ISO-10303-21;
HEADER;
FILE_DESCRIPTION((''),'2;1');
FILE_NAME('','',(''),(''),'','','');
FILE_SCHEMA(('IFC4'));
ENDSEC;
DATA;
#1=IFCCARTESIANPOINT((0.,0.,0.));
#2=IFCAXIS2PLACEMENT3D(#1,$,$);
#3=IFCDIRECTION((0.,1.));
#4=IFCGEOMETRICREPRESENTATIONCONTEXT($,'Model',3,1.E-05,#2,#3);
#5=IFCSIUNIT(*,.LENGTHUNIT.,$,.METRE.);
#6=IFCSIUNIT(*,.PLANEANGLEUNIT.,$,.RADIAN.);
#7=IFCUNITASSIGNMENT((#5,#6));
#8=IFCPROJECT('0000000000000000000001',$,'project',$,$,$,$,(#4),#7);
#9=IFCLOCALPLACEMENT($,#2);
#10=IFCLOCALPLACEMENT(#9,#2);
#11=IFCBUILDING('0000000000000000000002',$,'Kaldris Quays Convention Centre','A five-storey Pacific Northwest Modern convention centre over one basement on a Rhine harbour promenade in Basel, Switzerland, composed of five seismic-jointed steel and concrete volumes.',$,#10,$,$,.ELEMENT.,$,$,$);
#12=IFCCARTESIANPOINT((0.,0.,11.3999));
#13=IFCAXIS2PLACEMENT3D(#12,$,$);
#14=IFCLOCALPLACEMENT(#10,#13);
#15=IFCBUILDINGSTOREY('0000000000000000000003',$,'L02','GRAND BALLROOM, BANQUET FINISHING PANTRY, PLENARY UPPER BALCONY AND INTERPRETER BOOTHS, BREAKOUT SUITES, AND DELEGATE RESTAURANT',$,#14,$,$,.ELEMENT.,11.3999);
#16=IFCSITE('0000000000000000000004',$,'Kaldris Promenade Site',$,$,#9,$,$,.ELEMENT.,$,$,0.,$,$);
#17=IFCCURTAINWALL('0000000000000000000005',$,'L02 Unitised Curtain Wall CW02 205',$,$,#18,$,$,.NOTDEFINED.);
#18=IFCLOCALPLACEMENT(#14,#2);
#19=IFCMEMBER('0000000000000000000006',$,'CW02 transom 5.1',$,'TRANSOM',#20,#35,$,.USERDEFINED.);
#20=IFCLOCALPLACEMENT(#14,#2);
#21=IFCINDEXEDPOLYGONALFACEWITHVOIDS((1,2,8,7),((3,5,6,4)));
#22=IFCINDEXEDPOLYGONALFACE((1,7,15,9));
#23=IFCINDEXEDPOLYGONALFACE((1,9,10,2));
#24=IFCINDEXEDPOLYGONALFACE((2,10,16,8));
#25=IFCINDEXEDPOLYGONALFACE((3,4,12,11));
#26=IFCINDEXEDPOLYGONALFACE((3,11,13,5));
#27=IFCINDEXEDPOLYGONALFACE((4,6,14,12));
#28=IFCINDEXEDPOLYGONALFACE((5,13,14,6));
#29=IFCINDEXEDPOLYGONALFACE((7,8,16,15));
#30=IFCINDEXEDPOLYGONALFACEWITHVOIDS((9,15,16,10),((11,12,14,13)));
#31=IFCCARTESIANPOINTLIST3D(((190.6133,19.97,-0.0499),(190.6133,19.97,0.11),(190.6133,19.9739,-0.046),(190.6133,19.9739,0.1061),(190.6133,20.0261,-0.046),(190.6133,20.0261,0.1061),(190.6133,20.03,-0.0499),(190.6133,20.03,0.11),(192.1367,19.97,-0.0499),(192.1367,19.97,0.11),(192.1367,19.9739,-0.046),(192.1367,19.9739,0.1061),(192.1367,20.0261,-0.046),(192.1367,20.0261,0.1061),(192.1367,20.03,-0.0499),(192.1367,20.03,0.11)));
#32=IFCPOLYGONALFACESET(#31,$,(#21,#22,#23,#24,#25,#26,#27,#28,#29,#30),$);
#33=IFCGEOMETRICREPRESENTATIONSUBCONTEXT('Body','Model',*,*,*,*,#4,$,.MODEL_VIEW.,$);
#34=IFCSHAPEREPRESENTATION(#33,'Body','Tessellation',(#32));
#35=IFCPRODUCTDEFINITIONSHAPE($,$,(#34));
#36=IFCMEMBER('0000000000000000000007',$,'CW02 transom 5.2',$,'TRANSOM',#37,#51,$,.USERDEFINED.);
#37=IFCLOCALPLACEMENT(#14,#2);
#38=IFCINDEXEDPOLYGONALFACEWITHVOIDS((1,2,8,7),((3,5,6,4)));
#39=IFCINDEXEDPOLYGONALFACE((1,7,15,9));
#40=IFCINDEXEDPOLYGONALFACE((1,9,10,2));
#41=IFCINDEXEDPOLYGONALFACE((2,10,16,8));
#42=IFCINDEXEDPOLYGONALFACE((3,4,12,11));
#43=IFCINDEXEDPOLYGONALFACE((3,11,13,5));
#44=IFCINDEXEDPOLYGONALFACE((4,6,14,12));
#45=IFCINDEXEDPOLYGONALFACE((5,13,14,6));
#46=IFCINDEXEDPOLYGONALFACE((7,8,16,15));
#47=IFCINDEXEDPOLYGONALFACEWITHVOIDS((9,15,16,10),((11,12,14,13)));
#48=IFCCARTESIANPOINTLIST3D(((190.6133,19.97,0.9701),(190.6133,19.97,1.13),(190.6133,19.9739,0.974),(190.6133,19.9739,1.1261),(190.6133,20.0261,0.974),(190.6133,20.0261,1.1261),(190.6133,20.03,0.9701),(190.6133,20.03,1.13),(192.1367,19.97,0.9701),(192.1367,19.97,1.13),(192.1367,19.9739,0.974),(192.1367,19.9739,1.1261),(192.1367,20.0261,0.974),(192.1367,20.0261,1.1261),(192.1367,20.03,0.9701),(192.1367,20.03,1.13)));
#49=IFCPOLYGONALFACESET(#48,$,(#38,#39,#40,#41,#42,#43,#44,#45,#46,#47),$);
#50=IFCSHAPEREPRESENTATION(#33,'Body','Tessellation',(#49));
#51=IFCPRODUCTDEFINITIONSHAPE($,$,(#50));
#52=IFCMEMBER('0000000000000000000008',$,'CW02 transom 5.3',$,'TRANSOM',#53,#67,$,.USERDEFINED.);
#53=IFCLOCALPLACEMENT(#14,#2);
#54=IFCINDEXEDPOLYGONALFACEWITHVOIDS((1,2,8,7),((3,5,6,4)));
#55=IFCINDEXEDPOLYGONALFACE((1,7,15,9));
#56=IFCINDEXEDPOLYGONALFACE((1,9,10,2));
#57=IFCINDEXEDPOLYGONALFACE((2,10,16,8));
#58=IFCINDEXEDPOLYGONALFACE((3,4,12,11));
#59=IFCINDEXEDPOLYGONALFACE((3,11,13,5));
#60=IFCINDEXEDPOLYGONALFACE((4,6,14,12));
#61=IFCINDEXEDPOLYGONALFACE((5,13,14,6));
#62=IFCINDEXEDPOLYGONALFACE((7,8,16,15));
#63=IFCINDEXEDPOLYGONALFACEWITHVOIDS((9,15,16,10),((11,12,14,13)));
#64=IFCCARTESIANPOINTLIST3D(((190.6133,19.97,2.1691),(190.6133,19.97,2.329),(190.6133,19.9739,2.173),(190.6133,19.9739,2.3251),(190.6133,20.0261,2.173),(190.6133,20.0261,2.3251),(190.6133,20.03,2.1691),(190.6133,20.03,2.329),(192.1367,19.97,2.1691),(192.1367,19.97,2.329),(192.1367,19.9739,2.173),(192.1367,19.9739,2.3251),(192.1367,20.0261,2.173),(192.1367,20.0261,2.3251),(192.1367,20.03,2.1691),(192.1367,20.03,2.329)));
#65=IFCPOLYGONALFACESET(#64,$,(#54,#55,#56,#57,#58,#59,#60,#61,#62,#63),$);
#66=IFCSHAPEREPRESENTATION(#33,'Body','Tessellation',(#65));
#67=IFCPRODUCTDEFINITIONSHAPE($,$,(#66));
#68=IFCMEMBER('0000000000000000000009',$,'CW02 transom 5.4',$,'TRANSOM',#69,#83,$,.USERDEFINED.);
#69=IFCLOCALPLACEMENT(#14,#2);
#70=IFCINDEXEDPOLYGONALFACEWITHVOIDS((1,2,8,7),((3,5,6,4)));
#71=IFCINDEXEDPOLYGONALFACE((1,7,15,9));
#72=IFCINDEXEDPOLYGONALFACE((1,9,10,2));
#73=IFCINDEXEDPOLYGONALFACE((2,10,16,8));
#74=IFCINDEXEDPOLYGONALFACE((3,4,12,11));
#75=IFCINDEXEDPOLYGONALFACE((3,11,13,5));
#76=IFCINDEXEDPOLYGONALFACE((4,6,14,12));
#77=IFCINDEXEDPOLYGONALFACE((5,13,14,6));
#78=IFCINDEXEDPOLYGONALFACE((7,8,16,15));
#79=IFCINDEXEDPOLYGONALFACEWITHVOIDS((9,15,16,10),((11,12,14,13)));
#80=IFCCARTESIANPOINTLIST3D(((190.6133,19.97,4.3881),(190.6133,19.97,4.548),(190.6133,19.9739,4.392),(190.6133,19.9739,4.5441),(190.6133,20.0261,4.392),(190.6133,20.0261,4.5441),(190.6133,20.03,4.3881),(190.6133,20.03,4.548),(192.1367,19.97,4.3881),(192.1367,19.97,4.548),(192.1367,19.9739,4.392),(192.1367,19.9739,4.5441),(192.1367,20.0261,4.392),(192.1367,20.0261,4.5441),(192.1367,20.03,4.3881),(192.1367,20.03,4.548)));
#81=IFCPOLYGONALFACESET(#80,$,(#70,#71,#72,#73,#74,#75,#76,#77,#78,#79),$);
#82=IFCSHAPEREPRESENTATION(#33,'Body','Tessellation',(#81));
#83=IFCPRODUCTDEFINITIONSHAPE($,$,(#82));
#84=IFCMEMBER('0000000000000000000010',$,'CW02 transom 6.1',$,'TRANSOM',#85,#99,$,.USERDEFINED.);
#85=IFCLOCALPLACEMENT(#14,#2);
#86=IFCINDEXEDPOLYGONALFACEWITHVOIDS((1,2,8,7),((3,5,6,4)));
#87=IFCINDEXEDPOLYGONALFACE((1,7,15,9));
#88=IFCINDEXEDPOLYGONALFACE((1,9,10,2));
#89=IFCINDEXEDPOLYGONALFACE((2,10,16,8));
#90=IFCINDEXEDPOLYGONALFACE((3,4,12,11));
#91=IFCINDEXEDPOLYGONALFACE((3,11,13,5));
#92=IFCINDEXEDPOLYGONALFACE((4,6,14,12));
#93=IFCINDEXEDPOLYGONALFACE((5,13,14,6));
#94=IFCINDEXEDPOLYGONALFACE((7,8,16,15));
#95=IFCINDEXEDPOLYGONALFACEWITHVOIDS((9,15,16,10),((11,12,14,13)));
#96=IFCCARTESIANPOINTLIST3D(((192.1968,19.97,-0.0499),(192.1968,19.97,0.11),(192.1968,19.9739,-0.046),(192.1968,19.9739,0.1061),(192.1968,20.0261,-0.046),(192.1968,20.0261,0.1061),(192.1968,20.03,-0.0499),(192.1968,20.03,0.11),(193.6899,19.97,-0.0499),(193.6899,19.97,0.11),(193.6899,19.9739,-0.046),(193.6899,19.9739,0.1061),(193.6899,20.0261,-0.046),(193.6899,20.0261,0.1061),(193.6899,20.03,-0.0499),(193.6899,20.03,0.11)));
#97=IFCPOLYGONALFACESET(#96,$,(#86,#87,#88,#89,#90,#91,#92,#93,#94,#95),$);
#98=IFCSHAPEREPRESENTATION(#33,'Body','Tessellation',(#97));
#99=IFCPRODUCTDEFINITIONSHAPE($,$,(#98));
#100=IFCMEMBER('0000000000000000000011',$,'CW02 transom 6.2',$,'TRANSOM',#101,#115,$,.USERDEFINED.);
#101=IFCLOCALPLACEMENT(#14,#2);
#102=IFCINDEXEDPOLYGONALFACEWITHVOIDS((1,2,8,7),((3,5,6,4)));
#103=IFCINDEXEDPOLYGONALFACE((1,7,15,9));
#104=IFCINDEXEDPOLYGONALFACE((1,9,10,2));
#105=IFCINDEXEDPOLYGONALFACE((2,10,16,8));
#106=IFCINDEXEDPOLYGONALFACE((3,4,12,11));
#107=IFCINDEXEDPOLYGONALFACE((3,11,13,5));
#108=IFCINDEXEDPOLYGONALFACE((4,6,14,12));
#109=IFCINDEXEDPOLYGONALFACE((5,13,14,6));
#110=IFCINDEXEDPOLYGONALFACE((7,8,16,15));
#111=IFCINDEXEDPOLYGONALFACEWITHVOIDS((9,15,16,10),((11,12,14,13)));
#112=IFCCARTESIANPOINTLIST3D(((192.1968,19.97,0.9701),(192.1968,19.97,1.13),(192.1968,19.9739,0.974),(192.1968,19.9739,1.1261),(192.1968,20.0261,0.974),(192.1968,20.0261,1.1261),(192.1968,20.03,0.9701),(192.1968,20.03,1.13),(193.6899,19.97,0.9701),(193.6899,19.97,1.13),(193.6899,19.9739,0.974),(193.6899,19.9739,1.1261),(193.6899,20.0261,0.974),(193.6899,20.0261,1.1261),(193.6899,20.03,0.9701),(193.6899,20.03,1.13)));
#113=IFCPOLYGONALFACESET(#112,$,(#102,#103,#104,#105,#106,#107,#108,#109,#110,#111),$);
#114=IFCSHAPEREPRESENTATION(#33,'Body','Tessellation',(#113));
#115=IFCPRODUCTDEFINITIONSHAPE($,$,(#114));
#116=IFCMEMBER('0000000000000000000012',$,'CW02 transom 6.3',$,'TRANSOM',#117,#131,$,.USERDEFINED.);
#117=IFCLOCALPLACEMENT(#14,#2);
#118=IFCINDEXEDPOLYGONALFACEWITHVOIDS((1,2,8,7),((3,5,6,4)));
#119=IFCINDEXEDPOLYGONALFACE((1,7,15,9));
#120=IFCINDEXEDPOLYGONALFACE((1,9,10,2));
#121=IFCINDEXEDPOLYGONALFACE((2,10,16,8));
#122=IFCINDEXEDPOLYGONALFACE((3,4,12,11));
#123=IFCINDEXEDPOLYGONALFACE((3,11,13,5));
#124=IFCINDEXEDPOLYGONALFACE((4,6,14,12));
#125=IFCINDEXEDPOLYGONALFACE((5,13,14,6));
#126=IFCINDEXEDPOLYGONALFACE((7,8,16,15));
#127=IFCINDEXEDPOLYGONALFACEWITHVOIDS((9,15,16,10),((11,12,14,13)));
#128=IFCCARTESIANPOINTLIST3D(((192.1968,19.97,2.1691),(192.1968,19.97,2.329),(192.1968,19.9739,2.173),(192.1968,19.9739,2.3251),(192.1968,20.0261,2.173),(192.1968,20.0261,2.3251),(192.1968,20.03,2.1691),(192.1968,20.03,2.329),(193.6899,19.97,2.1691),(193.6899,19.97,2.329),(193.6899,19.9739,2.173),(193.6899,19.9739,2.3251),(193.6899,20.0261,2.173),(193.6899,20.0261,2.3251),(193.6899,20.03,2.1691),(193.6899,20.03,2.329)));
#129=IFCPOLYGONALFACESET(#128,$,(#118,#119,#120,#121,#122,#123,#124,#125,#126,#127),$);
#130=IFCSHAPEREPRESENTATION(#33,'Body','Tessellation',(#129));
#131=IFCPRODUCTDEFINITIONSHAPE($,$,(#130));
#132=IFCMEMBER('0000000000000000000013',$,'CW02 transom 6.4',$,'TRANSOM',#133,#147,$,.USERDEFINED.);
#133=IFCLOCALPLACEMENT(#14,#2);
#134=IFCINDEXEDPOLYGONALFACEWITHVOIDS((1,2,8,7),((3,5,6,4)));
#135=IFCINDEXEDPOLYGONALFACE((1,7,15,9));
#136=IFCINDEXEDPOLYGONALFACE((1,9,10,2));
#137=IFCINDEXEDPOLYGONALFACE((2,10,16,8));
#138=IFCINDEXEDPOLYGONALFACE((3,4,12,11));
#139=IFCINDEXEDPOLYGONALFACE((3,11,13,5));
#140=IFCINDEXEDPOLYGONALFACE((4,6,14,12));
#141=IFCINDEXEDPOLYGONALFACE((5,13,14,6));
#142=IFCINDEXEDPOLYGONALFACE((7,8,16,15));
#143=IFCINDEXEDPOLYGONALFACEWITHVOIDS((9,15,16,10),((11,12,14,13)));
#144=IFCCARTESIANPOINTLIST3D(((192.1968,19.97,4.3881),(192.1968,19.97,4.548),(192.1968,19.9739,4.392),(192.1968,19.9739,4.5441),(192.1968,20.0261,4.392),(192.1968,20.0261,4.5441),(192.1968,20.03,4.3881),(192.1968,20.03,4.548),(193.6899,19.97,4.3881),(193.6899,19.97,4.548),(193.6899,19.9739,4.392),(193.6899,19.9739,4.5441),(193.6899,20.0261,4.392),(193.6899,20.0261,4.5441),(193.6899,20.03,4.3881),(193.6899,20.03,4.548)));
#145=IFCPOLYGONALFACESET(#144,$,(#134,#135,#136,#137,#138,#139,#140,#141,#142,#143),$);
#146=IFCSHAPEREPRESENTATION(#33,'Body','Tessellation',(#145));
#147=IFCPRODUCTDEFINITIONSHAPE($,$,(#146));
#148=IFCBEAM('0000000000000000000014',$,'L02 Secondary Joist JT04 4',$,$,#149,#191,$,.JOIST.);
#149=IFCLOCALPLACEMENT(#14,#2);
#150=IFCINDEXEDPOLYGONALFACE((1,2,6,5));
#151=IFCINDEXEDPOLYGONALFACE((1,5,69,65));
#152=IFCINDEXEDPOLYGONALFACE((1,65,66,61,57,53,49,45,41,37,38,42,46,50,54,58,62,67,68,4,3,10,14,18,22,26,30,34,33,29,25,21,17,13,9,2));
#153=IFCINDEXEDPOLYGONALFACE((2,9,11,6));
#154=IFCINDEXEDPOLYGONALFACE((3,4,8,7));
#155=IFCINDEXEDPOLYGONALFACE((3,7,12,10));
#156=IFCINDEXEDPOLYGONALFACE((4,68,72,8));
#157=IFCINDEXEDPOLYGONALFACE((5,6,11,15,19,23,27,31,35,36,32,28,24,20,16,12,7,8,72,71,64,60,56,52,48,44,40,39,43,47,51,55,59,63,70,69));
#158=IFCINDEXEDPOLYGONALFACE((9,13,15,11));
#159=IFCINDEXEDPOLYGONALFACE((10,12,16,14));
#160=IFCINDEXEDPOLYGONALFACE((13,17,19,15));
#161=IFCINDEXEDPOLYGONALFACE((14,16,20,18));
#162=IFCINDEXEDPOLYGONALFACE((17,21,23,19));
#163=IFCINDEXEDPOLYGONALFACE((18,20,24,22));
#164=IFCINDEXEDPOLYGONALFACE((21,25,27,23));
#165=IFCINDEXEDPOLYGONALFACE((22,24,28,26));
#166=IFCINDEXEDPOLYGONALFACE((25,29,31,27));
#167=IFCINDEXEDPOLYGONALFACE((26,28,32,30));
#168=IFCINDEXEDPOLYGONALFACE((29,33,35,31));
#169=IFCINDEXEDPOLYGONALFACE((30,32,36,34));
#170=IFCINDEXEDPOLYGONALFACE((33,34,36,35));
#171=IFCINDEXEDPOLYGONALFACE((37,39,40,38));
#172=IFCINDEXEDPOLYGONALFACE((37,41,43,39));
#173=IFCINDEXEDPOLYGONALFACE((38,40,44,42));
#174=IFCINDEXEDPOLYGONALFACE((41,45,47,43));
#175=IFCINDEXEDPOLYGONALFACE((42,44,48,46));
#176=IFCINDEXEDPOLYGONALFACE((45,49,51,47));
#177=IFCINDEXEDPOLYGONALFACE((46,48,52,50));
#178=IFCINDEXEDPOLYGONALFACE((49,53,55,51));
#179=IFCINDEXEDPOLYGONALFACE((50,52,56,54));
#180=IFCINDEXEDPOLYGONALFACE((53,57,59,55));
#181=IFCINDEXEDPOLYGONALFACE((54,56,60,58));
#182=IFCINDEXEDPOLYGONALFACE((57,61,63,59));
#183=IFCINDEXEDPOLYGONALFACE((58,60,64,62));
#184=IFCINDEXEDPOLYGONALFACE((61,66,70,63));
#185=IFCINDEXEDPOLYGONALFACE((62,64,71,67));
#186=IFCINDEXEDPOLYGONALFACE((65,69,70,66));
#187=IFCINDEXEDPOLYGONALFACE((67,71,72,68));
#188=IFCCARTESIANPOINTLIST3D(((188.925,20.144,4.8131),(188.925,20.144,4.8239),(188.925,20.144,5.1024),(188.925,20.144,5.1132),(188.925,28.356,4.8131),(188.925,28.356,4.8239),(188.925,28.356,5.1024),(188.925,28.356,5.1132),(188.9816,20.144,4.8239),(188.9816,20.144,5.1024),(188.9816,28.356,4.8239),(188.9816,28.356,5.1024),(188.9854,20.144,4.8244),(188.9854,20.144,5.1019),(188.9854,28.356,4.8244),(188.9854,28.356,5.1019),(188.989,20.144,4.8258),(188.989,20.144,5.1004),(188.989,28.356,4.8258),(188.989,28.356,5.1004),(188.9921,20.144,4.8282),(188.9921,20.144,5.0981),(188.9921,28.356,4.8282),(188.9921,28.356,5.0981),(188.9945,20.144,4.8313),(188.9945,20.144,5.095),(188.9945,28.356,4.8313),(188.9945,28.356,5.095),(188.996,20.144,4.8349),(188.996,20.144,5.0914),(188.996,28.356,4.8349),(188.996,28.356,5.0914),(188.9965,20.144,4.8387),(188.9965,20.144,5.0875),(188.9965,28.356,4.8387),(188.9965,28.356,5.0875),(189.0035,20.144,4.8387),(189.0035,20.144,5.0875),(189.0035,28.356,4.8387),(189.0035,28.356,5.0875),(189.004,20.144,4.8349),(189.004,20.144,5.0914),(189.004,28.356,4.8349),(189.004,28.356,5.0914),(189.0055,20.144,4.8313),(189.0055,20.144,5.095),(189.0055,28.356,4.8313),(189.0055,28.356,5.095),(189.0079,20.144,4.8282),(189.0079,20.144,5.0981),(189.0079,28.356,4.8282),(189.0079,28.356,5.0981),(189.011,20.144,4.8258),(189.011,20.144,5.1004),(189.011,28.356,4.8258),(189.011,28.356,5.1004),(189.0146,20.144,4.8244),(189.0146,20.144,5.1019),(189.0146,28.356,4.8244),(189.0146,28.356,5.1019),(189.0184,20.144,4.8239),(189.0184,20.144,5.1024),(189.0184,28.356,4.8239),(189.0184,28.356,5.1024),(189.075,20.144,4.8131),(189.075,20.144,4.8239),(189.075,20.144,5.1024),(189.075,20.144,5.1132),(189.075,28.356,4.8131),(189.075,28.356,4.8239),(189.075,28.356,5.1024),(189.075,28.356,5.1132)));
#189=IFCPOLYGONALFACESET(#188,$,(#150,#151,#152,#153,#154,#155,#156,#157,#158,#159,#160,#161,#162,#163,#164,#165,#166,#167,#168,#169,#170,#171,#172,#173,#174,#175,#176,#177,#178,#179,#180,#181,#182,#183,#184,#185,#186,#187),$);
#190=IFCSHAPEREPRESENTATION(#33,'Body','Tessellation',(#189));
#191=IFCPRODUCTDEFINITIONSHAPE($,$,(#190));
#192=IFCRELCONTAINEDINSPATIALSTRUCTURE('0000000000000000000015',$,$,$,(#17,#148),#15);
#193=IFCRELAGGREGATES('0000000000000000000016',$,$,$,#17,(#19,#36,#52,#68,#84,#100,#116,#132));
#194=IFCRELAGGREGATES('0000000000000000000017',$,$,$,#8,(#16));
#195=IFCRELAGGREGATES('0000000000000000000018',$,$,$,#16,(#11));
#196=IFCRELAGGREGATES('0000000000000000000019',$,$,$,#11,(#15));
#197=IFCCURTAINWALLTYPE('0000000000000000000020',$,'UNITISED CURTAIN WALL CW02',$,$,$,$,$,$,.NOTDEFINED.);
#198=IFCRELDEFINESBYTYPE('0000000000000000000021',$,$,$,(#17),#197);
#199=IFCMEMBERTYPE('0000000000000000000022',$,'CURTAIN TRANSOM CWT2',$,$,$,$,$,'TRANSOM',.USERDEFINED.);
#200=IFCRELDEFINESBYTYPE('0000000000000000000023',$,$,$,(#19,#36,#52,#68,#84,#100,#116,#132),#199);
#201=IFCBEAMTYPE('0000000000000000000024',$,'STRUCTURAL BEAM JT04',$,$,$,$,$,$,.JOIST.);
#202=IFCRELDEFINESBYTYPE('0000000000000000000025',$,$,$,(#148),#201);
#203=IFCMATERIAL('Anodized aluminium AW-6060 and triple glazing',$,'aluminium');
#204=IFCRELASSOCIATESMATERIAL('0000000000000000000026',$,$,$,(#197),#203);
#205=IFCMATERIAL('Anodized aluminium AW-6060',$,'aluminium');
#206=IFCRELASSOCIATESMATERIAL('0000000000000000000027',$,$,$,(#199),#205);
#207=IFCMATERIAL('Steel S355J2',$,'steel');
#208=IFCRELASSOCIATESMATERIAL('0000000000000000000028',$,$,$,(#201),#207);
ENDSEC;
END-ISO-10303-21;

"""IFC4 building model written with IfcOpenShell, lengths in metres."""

from ifc_helpers import new_model, si_unit, direction, frame, origin, origin_2d, place, context, subcontext, project, spatial, hollow_rectangle, i_section, extrude, material, material_profile, profile_set, type_object, element, aggregate, save


model = new_model("IFC4")

# Units and contexts
model_context = context("Model", 3, precision=1e-05, world=origin(), true_north=direction((0.0, 1.0)))
body_context = subcontext(model_context, "Body", "Model", "MODEL_VIEW")
ifc_project = project(units=[si_unit("LENGTHUNIT", "METRE"), si_unit("PLANEANGLEUNIT", "RADIAN")], contexts=[model_context])

# Site, building, storey
site_placement = place(None, origin())
site = spatial("IfcSite", under=ifc_project, at=site_placement, Name="Kaldris Promenade Site", CompositionType="ELEMENT", RefElevation=0.0)
building_placement = place(site_placement, origin())
building = spatial("IfcBuilding", under=site, at=building_placement, Name="Kaldris Quays Convention Centre", Description="A five-storey Pacific Northwest Modern convention centre over one basement on a Rhine harbour promenade in Basel, Switzerland, composed of five seismic-jointed steel and concrete volumes.", CompositionType="ELEMENT")
storey_placement = place(building_placement, frame((0.0, 0.0, 11.3999)))
storey = spatial("IfcBuildingStorey", under=building, at=storey_placement, Name="L02", Description="GRAND BALLROOM, BANQUET FINISHING PANTRY, PLENARY UPPER BALCONY AND INTERPRETER BOOTHS, BREAKOUT SUITES, AND DELEGATE RESTAURANT", CompositionType="ELEMENT", Elevation=11.3999)

# Curtain wall, members
ifc_material_1 = material(Name="Anodized aluminium AW-6060 and triple glazing", Category="aluminium")
curtain_wall_type = type_object("IfcCurtainWallType", Name="UNITISED CURTAIN WALL CW02", PredefinedType="NOTDEFINED", material=ifc_material_1)
curtain_wall_placement = place(storey_placement, origin())
curtain_wall = element("IfcCurtainWall", 1, at=curtain_wall_placement, inside=storey, type_object=curtain_wall_type, Name="L02 Unitised Curtain Wall CW02 205", PredefinedType="NOTDEFINED")
ifc_material_2 = material(Name="Anodized aluminium AW-6060", Category="aluminium")
ifc_material_profile_1 = material_profile(ifc_material_2, hollow_rectangle(XDim=0.0601, YDim=0.1599, WallThickness=0.0039, at=origin_2d()), Name="RHS 160x60x4")
ifc_profile_set_1 = profile_set([ifc_material_profile_1], Name="Anodized aluminium AW-6060")
member_type_1 = type_object("IfcMemberType", Name="CURTAIN TRANSOM CWT2", ElementType="TRANSOM", PredefinedType="USERDEFINED", material=ifc_profile_set_1)
member_1_placement = place(storey_placement, frame((190.6133, 20.0, 0.03), z_axis=(1.0, 0.0, 0.0), x_axis=(0.0, 1.0, 0.0)))
member_1 = element("IfcMember", 2, at=member_1_placement, type_object=member_type_1, Name="CW02 transom 5.1", ObjectType="TRANSOM", PredefinedType="USERDEFINED", context=body_context, shape_type="SweptSolid", body=[
    extrude(hollow_rectangle(XDim=0.0601, YDim=0.1599, WallThickness=0.0039, at=origin_2d()), origin(), (0.0, 0.0, 1.0), 1.5234),
])
member_2_placement = place(storey_placement, frame((190.6133, 20.0, 1.05), z_axis=(1.0, 0.0, 0.0), x_axis=(0.0, 1.0, 0.0)))
member_2 = element("IfcMember", 3, at=member_2_placement, type_object=member_type_1, Name="CW02 transom 5.2", ObjectType="TRANSOM", PredefinedType="USERDEFINED", context=body_context, shape_type="SweptSolid", body=[
    extrude(hollow_rectangle(XDim=0.0601, YDim=0.1599, WallThickness=0.0039, at=origin_2d()), origin(), (0.0, 0.0, 1.0), 1.5234),
])
member_3_placement = place(storey_placement, frame((190.6133, 20.0, 2.249), z_axis=(1.0, 0.0, 0.0), x_axis=(0.0, 1.0, 0.0)))
member_3 = element("IfcMember", 4, at=member_3_placement, type_object=member_type_1, Name="CW02 transom 5.3", ObjectType="TRANSOM", PredefinedType="USERDEFINED", context=body_context, shape_type="SweptSolid", body=[
    extrude(hollow_rectangle(XDim=0.0601, YDim=0.1599, WallThickness=0.0039, at=origin_2d()), origin(), (0.0, 0.0, 1.0), 1.5234),
])
member_4_placement = place(storey_placement, frame((190.6133, 20.0, 4.468), z_axis=(1.0, 0.0, 0.0), x_axis=(0.0, 1.0, 0.0)))
member_4 = element("IfcMember", 5, at=member_4_placement, type_object=member_type_1, Name="CW02 transom 5.4", ObjectType="TRANSOM", PredefinedType="USERDEFINED", context=body_context, shape_type="SweptSolid", body=[
    extrude(hollow_rectangle(XDim=0.0601, YDim=0.1599, WallThickness=0.0039, at=origin_2d()), origin(), (0.0, 0.0, 1.0), 1.5234),
])
member_5_placement = place(storey_placement, frame((192.1968, 20.0, 0.03), z_axis=(1.0, 0.0, 0.0), x_axis=(0.0, 1.0, 0.0)))
member_5 = element("IfcMember", 6, at=member_5_placement, type_object=member_type_1, Name="CW02 transom 6.1", ObjectType="TRANSOM", PredefinedType="USERDEFINED", context=body_context, shape_type="SweptSolid", body=[
    extrude(hollow_rectangle(XDim=0.0601, YDim=0.1599, WallThickness=0.0039, at=origin_2d()), origin(), (0.0, 0.0, 1.0), 1.4932),
])
member_6_placement = place(storey_placement, frame((192.1968, 20.0, 1.05), z_axis=(1.0, 0.0, 0.0), x_axis=(0.0, 1.0, 0.0)))
member_6 = element("IfcMember", 7, at=member_6_placement, type_object=member_type_1, Name="CW02 transom 6.2", ObjectType="TRANSOM", PredefinedType="USERDEFINED", context=body_context, shape_type="SweptSolid", body=[
    extrude(hollow_rectangle(XDim=0.0601, YDim=0.1599, WallThickness=0.0039, at=origin_2d()), origin(), (0.0, 0.0, 1.0), 1.4932),
])
member_7_placement = place(storey_placement, frame((192.1968, 20.0, 2.249), z_axis=(1.0, 0.0, 0.0), x_axis=(0.0, 1.0, 0.0)))
member_7 = element("IfcMember", 8, at=member_7_placement, type_object=member_type_1, Name="CW02 transom 6.3", ObjectType="TRANSOM", PredefinedType="USERDEFINED", context=body_context, shape_type="SweptSolid", body=[
    extrude(hollow_rectangle(XDim=0.0601, YDim=0.1599, WallThickness=0.0039, at=origin_2d()), origin(), (0.0, 0.0, 1.0), 1.4932),
])
member_8_placement = place(storey_placement, frame((192.1968, 20.0, 4.468), z_axis=(1.0, 0.0, 0.0), x_axis=(0.0, 1.0, 0.0)))
member_8 = element("IfcMember", 9, at=member_8_placement, type_object=member_type_1, Name="CW02 transom 6.4", ObjectType="TRANSOM", PredefinedType="USERDEFINED", context=body_context, shape_type="SweptSolid", body=[
    extrude(hollow_rectangle(XDim=0.0601, YDim=0.1599, WallThickness=0.0039, at=origin_2d()), origin(), (0.0, 0.0, 1.0), 1.4932),
])

# Beam
ifc_material_3 = material(Name="Steel S355J2", Category="steel")
ifc_material_profile_2 = material_profile(ifc_material_3, i_section(OverallWidth=0.1499, OverallDepth=0.3, WebThickness=0.0071, FlangeThickness=0.0107, FilletRadius=0.0149, at=origin_2d()), Name="IPE 300")
ifc_profile_set_2 = profile_set([ifc_material_profile_2], Name="Steel S355J2")
beam_type = type_object("IfcBeamType", Name="STRUCTURAL BEAM JT04", PredefinedType="JOIST", material=ifc_profile_set_2)
beam_placement = place(storey_placement, frame((189.0, 20.144, 4.9631), z_axis=(0.0, 1.0, 0.0), x_axis=(-1.0, 0.0, 0.0)))
element("IfcBeam", 10, at=beam_placement, inside=storey, type_object=beam_type, Name="L02 Secondary Joist JT04 4", PredefinedType="JOIST", context=body_context, shape_type="SweptSolid", body=[
    extrude(i_section(OverallWidth=0.1499, OverallDepth=0.3, WebThickness=0.0071, FlangeThickness=0.0107, FilletRadius=0.0149, at=origin_2d()), origin(), (0.0, 0.0, 1.0), 8.2119),
])

aggregate(curtain_wall, [member_1, member_2, member_3, member_4, member_5, member_6, member_7, member_8])

save(model, "model.ifc")
